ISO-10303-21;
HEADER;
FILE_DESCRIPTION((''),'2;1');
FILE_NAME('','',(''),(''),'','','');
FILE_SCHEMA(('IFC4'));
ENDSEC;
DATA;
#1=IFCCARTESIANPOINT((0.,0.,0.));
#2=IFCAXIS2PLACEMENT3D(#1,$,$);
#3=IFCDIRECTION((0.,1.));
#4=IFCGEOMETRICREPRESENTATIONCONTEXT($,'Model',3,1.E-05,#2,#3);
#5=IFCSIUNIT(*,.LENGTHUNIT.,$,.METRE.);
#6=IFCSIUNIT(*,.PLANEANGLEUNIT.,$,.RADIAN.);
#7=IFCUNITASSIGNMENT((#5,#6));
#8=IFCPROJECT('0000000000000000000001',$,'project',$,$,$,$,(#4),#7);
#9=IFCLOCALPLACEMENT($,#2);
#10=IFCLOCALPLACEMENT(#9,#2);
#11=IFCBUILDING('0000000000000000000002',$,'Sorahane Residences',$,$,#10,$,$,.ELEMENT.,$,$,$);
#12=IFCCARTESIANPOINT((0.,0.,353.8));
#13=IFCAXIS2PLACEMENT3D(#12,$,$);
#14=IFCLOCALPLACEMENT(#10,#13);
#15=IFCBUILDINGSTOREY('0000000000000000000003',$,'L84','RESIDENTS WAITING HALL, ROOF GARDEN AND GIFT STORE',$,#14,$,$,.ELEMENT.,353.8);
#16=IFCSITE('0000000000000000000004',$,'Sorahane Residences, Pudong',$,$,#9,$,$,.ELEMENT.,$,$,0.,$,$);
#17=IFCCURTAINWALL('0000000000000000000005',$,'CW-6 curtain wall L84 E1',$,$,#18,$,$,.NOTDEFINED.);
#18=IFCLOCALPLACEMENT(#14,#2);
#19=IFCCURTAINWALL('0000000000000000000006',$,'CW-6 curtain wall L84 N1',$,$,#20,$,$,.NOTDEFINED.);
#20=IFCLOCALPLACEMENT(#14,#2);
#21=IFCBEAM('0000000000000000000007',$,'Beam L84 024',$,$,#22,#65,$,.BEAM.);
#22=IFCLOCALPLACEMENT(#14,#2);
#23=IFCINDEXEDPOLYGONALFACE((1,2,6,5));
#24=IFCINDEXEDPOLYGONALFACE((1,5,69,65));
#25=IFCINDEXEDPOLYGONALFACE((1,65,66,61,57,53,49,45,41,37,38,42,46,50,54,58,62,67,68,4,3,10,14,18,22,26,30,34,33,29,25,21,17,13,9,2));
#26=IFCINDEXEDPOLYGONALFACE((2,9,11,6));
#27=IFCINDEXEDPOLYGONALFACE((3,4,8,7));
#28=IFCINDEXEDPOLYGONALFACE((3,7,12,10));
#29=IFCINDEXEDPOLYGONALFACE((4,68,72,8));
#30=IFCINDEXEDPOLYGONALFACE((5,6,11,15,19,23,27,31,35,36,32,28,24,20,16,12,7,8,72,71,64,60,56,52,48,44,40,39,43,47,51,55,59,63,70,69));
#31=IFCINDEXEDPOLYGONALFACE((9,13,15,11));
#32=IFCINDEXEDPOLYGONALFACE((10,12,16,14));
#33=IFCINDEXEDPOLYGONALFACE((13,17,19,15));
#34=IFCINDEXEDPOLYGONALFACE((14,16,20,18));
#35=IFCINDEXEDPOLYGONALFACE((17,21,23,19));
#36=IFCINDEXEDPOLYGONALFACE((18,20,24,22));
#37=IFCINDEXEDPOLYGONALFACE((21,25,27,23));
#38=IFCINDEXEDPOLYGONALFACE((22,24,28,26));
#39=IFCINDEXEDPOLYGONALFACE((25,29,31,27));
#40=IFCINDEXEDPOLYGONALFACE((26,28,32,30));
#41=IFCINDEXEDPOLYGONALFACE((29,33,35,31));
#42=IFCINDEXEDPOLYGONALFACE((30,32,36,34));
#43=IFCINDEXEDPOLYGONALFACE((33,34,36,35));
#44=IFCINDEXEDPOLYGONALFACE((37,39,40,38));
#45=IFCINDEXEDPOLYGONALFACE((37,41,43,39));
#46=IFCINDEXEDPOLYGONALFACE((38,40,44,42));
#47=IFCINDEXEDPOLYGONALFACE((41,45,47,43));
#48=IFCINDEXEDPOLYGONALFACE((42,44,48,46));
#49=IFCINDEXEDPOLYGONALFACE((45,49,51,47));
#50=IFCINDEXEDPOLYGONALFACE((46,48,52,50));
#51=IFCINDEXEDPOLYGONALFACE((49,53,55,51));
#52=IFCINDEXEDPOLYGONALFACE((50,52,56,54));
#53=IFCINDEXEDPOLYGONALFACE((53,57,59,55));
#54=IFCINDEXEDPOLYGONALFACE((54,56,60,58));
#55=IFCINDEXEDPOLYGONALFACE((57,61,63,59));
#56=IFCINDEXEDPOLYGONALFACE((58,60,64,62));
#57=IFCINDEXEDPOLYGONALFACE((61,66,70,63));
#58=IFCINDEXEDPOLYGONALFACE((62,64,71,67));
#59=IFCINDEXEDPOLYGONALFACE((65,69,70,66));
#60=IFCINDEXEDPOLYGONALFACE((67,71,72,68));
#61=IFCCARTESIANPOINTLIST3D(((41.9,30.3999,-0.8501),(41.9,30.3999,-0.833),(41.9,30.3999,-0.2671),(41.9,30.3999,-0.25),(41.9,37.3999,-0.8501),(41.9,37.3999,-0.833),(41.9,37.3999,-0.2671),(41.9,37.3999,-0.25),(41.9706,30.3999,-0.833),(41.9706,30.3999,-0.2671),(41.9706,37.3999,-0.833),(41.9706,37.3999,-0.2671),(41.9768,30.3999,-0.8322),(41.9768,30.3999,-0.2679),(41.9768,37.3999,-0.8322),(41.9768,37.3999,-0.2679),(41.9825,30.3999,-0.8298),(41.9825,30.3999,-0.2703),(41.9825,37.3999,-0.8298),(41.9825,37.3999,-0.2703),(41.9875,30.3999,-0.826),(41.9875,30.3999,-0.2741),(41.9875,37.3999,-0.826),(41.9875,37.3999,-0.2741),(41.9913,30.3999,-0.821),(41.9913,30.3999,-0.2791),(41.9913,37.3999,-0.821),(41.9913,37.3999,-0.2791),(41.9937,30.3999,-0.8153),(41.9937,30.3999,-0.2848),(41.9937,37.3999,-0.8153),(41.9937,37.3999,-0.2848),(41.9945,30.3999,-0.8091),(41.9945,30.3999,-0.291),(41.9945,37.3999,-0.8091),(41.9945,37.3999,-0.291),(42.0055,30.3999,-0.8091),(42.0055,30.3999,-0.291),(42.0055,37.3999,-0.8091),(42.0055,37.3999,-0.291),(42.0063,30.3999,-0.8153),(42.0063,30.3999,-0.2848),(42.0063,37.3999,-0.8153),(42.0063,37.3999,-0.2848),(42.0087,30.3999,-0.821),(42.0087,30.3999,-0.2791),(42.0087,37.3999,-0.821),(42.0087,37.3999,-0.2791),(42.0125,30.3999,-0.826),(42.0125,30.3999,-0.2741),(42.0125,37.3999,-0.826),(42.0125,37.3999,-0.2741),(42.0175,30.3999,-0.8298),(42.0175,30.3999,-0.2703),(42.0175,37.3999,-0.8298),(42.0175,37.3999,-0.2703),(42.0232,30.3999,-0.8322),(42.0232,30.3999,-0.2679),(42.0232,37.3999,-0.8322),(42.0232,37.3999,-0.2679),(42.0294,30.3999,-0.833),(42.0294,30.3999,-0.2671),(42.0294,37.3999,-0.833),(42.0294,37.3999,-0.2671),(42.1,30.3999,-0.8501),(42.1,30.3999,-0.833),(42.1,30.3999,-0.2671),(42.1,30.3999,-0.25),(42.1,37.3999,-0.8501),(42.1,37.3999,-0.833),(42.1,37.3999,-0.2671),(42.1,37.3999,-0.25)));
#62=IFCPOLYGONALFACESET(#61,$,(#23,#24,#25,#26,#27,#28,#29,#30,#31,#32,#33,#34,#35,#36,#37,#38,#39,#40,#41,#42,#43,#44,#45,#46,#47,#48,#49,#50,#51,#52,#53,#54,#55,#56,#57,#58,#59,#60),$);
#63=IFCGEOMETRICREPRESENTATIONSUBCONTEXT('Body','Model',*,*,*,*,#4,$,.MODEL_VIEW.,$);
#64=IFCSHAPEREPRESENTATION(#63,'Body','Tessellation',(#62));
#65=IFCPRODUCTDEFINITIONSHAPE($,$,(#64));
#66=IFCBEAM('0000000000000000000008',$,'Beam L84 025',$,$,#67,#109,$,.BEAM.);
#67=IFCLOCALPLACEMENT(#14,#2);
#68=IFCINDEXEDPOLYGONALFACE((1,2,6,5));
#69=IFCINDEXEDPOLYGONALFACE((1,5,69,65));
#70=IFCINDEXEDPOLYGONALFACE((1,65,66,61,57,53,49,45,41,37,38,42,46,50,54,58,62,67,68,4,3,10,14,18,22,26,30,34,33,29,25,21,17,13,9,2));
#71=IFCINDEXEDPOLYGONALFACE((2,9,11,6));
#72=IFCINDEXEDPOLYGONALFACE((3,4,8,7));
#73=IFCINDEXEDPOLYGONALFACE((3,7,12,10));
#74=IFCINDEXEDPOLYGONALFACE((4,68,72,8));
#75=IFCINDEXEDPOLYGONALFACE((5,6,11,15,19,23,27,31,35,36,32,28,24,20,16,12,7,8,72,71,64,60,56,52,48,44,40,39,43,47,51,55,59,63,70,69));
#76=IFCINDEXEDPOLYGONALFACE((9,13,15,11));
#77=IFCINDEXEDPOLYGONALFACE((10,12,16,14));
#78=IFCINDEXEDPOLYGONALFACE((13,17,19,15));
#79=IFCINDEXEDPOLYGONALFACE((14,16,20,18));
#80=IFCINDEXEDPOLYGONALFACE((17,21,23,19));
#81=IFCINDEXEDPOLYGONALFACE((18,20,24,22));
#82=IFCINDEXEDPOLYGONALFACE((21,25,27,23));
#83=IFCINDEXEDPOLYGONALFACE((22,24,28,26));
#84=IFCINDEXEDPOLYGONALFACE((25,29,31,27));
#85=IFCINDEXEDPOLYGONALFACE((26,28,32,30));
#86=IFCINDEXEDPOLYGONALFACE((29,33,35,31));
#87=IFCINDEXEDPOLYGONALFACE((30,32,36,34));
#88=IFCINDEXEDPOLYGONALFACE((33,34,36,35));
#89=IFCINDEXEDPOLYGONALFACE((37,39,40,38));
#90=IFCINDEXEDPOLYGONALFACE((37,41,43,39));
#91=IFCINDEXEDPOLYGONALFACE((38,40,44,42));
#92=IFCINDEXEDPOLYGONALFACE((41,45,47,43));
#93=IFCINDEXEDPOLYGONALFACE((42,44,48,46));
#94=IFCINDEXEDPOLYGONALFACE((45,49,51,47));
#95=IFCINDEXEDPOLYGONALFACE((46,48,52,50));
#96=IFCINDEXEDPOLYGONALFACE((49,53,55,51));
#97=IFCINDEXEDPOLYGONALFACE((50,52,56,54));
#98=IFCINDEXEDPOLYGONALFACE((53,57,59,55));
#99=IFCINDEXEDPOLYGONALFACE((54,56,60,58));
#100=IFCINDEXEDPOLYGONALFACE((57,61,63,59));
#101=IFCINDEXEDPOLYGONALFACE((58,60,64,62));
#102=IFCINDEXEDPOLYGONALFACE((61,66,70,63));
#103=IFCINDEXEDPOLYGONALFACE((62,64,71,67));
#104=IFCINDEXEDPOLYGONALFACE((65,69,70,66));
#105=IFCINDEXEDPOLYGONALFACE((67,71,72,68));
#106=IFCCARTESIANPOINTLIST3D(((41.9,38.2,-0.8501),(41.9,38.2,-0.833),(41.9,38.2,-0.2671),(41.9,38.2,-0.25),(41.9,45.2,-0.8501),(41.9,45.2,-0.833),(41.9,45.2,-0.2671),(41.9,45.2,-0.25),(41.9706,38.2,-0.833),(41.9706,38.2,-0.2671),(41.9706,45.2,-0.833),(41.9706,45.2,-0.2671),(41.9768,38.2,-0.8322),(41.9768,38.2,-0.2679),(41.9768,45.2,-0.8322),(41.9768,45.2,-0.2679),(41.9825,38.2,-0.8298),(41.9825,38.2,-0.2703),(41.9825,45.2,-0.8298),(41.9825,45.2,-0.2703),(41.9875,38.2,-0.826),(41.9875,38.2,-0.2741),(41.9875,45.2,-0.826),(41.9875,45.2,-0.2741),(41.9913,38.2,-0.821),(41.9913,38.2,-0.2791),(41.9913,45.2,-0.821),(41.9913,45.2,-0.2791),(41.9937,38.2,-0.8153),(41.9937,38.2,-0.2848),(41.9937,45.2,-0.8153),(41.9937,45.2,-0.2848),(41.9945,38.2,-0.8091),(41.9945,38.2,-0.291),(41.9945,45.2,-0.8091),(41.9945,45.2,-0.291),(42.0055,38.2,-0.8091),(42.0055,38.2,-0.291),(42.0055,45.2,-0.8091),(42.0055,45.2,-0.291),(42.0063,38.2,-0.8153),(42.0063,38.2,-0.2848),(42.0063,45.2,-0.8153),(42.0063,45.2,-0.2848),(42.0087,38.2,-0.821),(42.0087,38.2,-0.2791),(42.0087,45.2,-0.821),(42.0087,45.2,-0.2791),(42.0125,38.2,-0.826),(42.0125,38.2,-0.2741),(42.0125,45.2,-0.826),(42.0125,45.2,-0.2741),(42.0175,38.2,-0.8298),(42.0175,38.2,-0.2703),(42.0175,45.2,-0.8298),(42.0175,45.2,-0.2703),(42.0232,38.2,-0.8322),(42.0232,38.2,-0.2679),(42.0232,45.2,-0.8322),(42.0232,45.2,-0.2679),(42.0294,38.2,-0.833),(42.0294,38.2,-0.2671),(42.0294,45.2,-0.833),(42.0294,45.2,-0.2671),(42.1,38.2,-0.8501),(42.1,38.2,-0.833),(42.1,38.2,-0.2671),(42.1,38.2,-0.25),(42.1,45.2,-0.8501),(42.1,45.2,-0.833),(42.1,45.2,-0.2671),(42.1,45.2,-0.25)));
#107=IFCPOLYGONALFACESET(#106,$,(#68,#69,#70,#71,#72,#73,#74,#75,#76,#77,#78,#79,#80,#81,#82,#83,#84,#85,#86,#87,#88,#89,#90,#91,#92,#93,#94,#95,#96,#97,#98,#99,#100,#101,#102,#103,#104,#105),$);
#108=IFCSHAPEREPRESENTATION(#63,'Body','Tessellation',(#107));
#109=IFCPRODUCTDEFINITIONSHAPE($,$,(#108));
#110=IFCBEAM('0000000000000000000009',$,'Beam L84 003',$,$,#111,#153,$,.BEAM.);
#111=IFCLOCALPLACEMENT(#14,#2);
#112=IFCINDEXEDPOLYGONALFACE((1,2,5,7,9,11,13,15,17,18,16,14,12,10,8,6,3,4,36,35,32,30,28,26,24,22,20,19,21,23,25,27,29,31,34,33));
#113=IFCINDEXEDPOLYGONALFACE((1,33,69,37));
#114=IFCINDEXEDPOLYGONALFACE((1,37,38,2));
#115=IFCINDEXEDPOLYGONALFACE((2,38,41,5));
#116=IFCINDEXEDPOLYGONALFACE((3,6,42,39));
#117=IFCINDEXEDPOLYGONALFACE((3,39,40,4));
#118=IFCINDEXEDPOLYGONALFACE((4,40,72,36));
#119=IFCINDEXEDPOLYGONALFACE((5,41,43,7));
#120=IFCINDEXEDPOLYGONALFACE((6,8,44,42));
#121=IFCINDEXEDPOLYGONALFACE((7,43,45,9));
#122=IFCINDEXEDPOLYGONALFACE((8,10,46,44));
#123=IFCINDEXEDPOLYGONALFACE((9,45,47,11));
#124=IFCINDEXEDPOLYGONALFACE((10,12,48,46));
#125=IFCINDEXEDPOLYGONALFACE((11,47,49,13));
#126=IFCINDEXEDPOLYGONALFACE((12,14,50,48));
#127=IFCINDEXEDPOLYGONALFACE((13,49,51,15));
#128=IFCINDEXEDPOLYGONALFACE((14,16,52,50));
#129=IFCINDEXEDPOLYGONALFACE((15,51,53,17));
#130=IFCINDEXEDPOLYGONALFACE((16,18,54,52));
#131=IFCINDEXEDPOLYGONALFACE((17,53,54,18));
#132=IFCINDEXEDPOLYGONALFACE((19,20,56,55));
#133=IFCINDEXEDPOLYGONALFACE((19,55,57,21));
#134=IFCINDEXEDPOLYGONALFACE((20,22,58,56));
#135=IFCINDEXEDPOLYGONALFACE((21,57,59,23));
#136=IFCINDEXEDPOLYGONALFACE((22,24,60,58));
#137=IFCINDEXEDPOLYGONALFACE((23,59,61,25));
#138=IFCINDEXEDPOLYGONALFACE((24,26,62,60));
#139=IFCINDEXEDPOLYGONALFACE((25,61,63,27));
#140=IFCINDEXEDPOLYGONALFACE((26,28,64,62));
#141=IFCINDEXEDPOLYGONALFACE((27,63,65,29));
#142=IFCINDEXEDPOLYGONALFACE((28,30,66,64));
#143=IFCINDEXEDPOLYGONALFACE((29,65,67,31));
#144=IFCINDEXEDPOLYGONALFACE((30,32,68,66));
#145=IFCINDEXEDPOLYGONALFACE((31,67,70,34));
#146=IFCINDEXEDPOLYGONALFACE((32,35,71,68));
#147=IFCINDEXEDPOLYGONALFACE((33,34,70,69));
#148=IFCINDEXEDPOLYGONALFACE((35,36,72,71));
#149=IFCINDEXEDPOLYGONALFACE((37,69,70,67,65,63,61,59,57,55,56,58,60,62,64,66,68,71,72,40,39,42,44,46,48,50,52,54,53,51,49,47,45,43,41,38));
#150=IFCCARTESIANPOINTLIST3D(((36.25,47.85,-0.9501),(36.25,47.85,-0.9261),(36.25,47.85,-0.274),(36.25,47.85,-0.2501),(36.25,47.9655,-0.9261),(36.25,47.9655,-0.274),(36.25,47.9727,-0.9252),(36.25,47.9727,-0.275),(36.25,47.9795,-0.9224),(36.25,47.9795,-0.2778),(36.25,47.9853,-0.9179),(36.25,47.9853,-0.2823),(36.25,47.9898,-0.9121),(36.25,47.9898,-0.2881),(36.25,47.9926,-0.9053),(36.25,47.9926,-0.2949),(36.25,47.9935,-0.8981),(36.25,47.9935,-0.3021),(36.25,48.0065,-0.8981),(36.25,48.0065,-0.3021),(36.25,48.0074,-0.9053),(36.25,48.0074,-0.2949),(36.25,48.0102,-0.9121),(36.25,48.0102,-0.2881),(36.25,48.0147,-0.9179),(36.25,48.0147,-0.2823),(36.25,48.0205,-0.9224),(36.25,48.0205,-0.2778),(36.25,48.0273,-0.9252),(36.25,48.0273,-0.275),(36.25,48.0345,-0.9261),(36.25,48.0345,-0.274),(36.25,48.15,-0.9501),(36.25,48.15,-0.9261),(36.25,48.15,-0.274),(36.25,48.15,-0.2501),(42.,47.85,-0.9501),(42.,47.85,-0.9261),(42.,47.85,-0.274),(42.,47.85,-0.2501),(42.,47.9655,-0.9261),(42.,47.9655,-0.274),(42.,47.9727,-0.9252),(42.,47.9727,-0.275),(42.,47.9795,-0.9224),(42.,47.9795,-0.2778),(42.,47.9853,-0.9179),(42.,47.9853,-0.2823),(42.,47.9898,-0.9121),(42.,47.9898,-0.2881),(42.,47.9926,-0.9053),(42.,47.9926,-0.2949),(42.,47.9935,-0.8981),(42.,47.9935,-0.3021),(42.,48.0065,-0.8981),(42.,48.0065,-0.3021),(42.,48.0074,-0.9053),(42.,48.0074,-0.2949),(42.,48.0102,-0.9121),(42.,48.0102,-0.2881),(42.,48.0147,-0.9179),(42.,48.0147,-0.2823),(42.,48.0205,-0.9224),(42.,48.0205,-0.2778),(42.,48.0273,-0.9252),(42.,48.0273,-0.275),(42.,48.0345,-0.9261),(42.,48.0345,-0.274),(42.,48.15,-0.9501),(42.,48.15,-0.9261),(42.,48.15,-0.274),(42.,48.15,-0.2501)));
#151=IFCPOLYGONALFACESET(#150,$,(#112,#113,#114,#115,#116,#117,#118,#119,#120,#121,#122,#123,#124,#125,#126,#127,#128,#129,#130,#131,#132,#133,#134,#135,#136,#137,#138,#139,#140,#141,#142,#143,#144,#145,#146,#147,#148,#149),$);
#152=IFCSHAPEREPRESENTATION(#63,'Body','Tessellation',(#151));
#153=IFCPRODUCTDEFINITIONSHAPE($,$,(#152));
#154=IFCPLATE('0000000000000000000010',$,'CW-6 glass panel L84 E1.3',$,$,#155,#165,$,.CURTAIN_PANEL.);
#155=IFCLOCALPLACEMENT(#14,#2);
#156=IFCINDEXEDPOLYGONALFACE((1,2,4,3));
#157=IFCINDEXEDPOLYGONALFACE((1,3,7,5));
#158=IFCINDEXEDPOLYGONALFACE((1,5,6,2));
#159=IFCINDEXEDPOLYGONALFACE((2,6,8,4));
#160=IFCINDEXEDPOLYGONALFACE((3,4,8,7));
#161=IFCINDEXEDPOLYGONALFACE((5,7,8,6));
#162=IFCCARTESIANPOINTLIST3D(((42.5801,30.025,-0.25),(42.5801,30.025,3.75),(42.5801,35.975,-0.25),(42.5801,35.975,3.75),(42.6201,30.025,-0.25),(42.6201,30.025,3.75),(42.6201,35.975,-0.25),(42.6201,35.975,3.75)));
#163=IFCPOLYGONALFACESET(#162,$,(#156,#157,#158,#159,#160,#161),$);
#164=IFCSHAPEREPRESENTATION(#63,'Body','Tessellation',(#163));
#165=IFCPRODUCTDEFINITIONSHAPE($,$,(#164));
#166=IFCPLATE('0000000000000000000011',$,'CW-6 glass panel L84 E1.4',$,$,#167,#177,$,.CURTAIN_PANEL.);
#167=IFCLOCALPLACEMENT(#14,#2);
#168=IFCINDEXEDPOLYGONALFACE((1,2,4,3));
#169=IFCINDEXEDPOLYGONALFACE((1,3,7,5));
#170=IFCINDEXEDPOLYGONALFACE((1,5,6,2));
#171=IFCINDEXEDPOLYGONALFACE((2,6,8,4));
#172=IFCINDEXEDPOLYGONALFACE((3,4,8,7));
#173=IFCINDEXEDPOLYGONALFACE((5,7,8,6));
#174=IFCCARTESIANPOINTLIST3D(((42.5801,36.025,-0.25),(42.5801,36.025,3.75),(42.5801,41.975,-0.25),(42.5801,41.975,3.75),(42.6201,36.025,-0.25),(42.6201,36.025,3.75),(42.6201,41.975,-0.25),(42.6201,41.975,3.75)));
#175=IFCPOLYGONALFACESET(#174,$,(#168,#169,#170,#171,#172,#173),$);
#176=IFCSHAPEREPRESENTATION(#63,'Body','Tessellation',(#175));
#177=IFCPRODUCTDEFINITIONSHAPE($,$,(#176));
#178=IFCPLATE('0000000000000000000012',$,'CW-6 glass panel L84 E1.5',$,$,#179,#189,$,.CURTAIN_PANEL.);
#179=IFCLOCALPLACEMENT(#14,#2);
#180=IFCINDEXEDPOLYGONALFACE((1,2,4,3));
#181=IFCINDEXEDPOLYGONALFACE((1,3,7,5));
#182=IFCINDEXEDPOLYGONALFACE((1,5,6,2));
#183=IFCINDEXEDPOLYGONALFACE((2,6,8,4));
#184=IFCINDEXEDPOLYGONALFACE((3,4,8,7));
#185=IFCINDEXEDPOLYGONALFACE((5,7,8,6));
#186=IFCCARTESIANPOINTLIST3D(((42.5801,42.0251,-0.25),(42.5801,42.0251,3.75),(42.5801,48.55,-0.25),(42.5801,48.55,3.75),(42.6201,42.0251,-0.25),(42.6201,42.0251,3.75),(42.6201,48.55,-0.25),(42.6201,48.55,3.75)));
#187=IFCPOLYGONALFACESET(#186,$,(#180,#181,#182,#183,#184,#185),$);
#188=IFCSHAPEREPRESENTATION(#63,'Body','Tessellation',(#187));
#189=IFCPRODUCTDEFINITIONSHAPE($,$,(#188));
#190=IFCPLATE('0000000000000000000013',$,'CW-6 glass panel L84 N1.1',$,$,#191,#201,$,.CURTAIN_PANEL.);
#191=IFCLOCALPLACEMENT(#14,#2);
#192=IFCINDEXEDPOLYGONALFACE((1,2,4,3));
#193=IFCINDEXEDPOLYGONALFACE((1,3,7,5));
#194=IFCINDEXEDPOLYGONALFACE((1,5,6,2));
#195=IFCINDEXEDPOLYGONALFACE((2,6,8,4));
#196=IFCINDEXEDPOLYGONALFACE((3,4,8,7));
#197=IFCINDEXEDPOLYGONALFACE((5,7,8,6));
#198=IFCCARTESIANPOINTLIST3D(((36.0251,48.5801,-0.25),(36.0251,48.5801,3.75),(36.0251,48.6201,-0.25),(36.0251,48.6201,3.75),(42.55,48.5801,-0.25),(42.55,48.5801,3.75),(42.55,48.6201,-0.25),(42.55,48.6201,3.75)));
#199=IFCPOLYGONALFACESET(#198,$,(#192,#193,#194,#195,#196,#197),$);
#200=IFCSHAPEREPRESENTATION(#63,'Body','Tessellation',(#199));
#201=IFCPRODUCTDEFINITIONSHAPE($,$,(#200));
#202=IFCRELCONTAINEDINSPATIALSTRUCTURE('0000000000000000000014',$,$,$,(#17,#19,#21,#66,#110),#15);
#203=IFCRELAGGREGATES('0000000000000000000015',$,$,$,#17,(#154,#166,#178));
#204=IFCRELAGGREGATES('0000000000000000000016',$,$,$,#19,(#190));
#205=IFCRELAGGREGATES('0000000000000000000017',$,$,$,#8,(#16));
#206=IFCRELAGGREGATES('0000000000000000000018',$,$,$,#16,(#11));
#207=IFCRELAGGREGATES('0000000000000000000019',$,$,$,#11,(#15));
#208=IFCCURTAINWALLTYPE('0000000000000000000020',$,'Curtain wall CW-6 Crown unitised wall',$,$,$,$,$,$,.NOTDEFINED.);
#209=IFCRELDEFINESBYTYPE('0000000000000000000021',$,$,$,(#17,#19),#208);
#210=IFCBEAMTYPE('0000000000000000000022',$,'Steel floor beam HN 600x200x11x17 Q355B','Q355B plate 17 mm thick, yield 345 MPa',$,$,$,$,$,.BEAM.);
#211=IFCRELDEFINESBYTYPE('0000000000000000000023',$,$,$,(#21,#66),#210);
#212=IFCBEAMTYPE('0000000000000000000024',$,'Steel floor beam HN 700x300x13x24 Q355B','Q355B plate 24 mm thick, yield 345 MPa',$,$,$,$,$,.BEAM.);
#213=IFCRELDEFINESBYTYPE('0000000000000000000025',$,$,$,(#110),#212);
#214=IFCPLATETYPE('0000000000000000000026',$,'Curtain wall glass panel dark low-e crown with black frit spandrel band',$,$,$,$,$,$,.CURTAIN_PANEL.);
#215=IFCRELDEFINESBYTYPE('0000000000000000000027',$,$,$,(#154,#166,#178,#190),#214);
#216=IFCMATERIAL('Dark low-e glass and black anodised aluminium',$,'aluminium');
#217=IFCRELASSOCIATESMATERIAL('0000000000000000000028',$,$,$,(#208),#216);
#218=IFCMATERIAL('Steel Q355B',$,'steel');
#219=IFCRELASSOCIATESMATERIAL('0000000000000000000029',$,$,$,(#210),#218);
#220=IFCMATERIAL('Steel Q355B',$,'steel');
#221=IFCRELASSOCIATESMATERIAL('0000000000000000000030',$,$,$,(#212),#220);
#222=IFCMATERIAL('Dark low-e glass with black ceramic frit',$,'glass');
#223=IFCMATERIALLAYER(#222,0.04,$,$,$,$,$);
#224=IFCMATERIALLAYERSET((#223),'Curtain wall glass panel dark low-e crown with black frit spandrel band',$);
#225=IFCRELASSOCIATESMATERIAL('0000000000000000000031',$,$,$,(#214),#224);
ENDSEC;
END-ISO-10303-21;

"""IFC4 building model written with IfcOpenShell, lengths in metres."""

from ifc_helpers import new_model, si_unit, direction, frame, origin, origin_2d, place, context, subcontext, project, spatial, rectangle, i_section, extrude, material, layer, layer_set, material_profile, profile_set, type_object, element, aggregate, save


model = new_model("IFC4")

# Units and contexts
model_context = context("Model", 3, precision=1e-05, world=origin(), true_north=direction((0.0, 1.0)))
body_context = subcontext(model_context, "Body", "Model", "MODEL_VIEW")
ifc_project = project(units=[si_unit("LENGTHUNIT", "METRE"), si_unit("PLANEANGLEUNIT", "RADIAN")], contexts=[model_context])

# Site, building, storey
site_placement = place(None, origin())
site = spatial("IfcSite", under=ifc_project, at=site_placement, Name="Sorahane Residences, Pudong", CompositionType="ELEMENT", RefElevation=0.0)
building_placement = place(site_placement, origin())
building = spatial("IfcBuilding", under=site, at=building_placement, Name="Sorahane Residences", CompositionType="ELEMENT")
storey_placement = place(building_placement, frame((0.0, 0.0, 353.8)))
storey = spatial("IfcBuildingStorey", under=building, at=storey_placement, Name="L84", Description="RESIDENTS WAITING HALL, ROOF GARDEN AND GIFT STORE", CompositionType="ELEMENT", Elevation=353.8)

# Curtain walls
ifc_material_1 = material(Name="Dark low-e glass and black anodised aluminium", Category="aluminium")
curtain_wall_type = type_object("IfcCurtainWallType", Name="Curtain wall CW-6 Crown unitised wall", PredefinedType="NOTDEFINED", material=ifc_material_1)
curtain_wall_1_placement = place(storey_placement, origin())
curtain_wall_1 = element("IfcCurtainWall", 1, at=curtain_wall_1_placement, inside=storey, type_object=curtain_wall_type, Name="CW-6 curtain wall L84 E1", PredefinedType="NOTDEFINED")
curtain_wall_2_placement = place(storey_placement, origin())
curtain_wall_2 = element("IfcCurtainWall", 2, at=curtain_wall_2_placement, inside=storey, type_object=curtain_wall_type, Name="CW-6 curtain wall L84 N1", PredefinedType="NOTDEFINED")

# Beams
ifc_material_2 = material(Name="Steel Q355B", Category="steel")
ifc_material_profile_1 = material_profile(ifc_material_2, i_section(OverallWidth=0.2, OverallDepth=0.6001, WebThickness=0.011, FlangeThickness=0.0171, FilletRadius=0.0239, at=origin_2d()), Name="HN 600x200x11x17")
ifc_profile_set_1 = profile_set([ifc_material_profile_1], Name="Steel Q355B")
beam_type_1 = type_object("IfcBeamType", Name="Steel floor beam HN 600x200x11x17 Q355B", Description="Q355B plate 17 mm thick, yield 345 MPa", PredefinedType="BEAM", material=ifc_profile_set_1)
for number, where, z_axis, x_axis, name in (
    (3, (42.0, 30.3999, -0.55), (0.0, 1.0, 0.0), (-1.0, 0.0, 0.0), "Beam L84 024"),
    (4, (42.0, 38.2, -0.55), (0.0, 1.0, 0.0), (-1.0, 0.0, 0.0), "Beam L84 025"),
):
    element("IfcBeam", number, at=place(storey_placement, frame(where, z_axis=z_axis, x_axis=x_axis)), inside=storey, type_object=beam_type_1, Name=name, PredefinedType="BEAM", context=body_context, shape_type="SweptSolid", body=[
        extrude(i_section(OverallWidth=0.2, OverallDepth=0.6001, WebThickness=0.011, FlangeThickness=0.0171, FilletRadius=0.0239, at=origin_2d()), origin(), (0.0, 0.0, 1.0), 7.0),
    ])
ifc_material_3 = material(Name="Steel Q355B", Category="steel")
ifc_material_profile_2 = material_profile(ifc_material_3, i_section(OverallWidth=0.3, OverallDepth=0.7, WebThickness=0.0129, FlangeThickness=0.0239, FilletRadius=0.0281, at=origin_2d()), Name="HN 700x300x13x24")
ifc_profile_set_2 = profile_set([ifc_material_profile_2], Name="Steel Q355B")
beam_type_2 = type_object("IfcBeamType", Name="Steel floor beam HN 700x300x13x24 Q355B", Description="Q355B plate 24 mm thick, yield 345 MPa", PredefinedType="BEAM", material=ifc_profile_set_2)
beam_1_placement = place(storey_placement, frame((36.25, 48.0, -0.6001), z_axis=(1.0, 0.0, 0.0), x_axis=(0.0, 1.0, 0.0)))
element("IfcBeam", 5, at=beam_1_placement, inside=storey, type_object=beam_type_2, Name="Beam L84 003", PredefinedType="BEAM", context=body_context, shape_type="SweptSolid", body=[
    extrude(i_section(OverallWidth=0.3, OverallDepth=0.7, WebThickness=0.0129, FlangeThickness=0.0239, FilletRadius=0.0281, at=origin_2d()), origin(), (0.0, 0.0, 1.0), 5.75),
])

# Plates
ifc_material_4 = material(Name="Dark low-e glass with black ceramic frit", Category="glass")
ifc_layer_1 = layer(ifc_material_4, 0.04)
ifc_layer_set_1 = layer_set([ifc_layer_1], Name="Curtain wall glass panel dark low-e crown with black frit spandrel band")
plate_type = type_object("IfcPlateType", Name="Curtain wall glass panel dark low-e crown with black frit spandrel band", PredefinedType="CURTAIN_PANEL", material=ifc_layer_set_1)
plate_1_placement = place(storey_placement, frame((42.6001, 33.0, -0.25), z_axis=(0.0, 0.0, 1.0), x_axis=(0.0, 1.0, 0.0)))
plate_1 = element("IfcPlate", 6, at=plate_1_placement, type_object=plate_type, Name="CW-6 glass panel L84 E1.3", PredefinedType="CURTAIN_PANEL", context=body_context, shape_type="SweptSolid", body=[
    extrude(rectangle(XDim=5.95, YDim=0.04, at=origin_2d()), origin(), (0.0, 0.0, 1.0), 4.0),
])
plate_2_placement = place(storey_placement, frame((42.6001, 39.0, -0.25), z_axis=(0.0, 0.0, 1.0), x_axis=(0.0, 1.0, 0.0)))
plate_2 = element("IfcPlate", 7, at=plate_2_placement, type_object=plate_type, Name="CW-6 glass panel L84 E1.4", PredefinedType="CURTAIN_PANEL", context=body_context, shape_type="SweptSolid", body=[
    extrude(rectangle(XDim=5.95, YDim=0.04, at=origin_2d()), origin(), (0.0, 0.0, 1.0), 4.0),
])
plate_3_placement = place(storey_placement, frame((42.6001, 45.2876, -0.25), z_axis=(0.0, 0.0, 1.0), x_axis=(0.0, 1.0, 0.0)))
plate_3 = element("IfcPlate", 8, at=plate_3_placement, type_object=plate_type, Name="CW-6 glass panel L84 E1.5", PredefinedType="CURTAIN_PANEL", context=body_context, shape_type="SweptSolid", body=[
    extrude(rectangle(XDim=6.5249, YDim=0.04, at=origin_2d()), origin(), (0.0, 0.0, 1.0), 4.0),
])
aggregate(curtain_wall_1, [plate_1, plate_2, plate_3])
plate_4_placement = place(storey_placement, frame((39.2876, 48.6001, -0.25), z_axis=(0.0, 0.0, 1.0), x_axis=(-1.0, 0.0, 0.0)))
plate_4 = element("IfcPlate", 9, at=plate_4_placement, type_object=plate_type, Name="CW-6 glass panel L84 N1.1", PredefinedType="CURTAIN_PANEL", context=body_context, shape_type="SweptSolid", body=[
    extrude(rectangle(XDim=6.5249, YDim=0.04, at=origin_2d()), origin(), (0.0, 0.0, 1.0), 4.0),
])
aggregate(curtain_wall_2, [plate_4])

save(model, "model.ifc")
